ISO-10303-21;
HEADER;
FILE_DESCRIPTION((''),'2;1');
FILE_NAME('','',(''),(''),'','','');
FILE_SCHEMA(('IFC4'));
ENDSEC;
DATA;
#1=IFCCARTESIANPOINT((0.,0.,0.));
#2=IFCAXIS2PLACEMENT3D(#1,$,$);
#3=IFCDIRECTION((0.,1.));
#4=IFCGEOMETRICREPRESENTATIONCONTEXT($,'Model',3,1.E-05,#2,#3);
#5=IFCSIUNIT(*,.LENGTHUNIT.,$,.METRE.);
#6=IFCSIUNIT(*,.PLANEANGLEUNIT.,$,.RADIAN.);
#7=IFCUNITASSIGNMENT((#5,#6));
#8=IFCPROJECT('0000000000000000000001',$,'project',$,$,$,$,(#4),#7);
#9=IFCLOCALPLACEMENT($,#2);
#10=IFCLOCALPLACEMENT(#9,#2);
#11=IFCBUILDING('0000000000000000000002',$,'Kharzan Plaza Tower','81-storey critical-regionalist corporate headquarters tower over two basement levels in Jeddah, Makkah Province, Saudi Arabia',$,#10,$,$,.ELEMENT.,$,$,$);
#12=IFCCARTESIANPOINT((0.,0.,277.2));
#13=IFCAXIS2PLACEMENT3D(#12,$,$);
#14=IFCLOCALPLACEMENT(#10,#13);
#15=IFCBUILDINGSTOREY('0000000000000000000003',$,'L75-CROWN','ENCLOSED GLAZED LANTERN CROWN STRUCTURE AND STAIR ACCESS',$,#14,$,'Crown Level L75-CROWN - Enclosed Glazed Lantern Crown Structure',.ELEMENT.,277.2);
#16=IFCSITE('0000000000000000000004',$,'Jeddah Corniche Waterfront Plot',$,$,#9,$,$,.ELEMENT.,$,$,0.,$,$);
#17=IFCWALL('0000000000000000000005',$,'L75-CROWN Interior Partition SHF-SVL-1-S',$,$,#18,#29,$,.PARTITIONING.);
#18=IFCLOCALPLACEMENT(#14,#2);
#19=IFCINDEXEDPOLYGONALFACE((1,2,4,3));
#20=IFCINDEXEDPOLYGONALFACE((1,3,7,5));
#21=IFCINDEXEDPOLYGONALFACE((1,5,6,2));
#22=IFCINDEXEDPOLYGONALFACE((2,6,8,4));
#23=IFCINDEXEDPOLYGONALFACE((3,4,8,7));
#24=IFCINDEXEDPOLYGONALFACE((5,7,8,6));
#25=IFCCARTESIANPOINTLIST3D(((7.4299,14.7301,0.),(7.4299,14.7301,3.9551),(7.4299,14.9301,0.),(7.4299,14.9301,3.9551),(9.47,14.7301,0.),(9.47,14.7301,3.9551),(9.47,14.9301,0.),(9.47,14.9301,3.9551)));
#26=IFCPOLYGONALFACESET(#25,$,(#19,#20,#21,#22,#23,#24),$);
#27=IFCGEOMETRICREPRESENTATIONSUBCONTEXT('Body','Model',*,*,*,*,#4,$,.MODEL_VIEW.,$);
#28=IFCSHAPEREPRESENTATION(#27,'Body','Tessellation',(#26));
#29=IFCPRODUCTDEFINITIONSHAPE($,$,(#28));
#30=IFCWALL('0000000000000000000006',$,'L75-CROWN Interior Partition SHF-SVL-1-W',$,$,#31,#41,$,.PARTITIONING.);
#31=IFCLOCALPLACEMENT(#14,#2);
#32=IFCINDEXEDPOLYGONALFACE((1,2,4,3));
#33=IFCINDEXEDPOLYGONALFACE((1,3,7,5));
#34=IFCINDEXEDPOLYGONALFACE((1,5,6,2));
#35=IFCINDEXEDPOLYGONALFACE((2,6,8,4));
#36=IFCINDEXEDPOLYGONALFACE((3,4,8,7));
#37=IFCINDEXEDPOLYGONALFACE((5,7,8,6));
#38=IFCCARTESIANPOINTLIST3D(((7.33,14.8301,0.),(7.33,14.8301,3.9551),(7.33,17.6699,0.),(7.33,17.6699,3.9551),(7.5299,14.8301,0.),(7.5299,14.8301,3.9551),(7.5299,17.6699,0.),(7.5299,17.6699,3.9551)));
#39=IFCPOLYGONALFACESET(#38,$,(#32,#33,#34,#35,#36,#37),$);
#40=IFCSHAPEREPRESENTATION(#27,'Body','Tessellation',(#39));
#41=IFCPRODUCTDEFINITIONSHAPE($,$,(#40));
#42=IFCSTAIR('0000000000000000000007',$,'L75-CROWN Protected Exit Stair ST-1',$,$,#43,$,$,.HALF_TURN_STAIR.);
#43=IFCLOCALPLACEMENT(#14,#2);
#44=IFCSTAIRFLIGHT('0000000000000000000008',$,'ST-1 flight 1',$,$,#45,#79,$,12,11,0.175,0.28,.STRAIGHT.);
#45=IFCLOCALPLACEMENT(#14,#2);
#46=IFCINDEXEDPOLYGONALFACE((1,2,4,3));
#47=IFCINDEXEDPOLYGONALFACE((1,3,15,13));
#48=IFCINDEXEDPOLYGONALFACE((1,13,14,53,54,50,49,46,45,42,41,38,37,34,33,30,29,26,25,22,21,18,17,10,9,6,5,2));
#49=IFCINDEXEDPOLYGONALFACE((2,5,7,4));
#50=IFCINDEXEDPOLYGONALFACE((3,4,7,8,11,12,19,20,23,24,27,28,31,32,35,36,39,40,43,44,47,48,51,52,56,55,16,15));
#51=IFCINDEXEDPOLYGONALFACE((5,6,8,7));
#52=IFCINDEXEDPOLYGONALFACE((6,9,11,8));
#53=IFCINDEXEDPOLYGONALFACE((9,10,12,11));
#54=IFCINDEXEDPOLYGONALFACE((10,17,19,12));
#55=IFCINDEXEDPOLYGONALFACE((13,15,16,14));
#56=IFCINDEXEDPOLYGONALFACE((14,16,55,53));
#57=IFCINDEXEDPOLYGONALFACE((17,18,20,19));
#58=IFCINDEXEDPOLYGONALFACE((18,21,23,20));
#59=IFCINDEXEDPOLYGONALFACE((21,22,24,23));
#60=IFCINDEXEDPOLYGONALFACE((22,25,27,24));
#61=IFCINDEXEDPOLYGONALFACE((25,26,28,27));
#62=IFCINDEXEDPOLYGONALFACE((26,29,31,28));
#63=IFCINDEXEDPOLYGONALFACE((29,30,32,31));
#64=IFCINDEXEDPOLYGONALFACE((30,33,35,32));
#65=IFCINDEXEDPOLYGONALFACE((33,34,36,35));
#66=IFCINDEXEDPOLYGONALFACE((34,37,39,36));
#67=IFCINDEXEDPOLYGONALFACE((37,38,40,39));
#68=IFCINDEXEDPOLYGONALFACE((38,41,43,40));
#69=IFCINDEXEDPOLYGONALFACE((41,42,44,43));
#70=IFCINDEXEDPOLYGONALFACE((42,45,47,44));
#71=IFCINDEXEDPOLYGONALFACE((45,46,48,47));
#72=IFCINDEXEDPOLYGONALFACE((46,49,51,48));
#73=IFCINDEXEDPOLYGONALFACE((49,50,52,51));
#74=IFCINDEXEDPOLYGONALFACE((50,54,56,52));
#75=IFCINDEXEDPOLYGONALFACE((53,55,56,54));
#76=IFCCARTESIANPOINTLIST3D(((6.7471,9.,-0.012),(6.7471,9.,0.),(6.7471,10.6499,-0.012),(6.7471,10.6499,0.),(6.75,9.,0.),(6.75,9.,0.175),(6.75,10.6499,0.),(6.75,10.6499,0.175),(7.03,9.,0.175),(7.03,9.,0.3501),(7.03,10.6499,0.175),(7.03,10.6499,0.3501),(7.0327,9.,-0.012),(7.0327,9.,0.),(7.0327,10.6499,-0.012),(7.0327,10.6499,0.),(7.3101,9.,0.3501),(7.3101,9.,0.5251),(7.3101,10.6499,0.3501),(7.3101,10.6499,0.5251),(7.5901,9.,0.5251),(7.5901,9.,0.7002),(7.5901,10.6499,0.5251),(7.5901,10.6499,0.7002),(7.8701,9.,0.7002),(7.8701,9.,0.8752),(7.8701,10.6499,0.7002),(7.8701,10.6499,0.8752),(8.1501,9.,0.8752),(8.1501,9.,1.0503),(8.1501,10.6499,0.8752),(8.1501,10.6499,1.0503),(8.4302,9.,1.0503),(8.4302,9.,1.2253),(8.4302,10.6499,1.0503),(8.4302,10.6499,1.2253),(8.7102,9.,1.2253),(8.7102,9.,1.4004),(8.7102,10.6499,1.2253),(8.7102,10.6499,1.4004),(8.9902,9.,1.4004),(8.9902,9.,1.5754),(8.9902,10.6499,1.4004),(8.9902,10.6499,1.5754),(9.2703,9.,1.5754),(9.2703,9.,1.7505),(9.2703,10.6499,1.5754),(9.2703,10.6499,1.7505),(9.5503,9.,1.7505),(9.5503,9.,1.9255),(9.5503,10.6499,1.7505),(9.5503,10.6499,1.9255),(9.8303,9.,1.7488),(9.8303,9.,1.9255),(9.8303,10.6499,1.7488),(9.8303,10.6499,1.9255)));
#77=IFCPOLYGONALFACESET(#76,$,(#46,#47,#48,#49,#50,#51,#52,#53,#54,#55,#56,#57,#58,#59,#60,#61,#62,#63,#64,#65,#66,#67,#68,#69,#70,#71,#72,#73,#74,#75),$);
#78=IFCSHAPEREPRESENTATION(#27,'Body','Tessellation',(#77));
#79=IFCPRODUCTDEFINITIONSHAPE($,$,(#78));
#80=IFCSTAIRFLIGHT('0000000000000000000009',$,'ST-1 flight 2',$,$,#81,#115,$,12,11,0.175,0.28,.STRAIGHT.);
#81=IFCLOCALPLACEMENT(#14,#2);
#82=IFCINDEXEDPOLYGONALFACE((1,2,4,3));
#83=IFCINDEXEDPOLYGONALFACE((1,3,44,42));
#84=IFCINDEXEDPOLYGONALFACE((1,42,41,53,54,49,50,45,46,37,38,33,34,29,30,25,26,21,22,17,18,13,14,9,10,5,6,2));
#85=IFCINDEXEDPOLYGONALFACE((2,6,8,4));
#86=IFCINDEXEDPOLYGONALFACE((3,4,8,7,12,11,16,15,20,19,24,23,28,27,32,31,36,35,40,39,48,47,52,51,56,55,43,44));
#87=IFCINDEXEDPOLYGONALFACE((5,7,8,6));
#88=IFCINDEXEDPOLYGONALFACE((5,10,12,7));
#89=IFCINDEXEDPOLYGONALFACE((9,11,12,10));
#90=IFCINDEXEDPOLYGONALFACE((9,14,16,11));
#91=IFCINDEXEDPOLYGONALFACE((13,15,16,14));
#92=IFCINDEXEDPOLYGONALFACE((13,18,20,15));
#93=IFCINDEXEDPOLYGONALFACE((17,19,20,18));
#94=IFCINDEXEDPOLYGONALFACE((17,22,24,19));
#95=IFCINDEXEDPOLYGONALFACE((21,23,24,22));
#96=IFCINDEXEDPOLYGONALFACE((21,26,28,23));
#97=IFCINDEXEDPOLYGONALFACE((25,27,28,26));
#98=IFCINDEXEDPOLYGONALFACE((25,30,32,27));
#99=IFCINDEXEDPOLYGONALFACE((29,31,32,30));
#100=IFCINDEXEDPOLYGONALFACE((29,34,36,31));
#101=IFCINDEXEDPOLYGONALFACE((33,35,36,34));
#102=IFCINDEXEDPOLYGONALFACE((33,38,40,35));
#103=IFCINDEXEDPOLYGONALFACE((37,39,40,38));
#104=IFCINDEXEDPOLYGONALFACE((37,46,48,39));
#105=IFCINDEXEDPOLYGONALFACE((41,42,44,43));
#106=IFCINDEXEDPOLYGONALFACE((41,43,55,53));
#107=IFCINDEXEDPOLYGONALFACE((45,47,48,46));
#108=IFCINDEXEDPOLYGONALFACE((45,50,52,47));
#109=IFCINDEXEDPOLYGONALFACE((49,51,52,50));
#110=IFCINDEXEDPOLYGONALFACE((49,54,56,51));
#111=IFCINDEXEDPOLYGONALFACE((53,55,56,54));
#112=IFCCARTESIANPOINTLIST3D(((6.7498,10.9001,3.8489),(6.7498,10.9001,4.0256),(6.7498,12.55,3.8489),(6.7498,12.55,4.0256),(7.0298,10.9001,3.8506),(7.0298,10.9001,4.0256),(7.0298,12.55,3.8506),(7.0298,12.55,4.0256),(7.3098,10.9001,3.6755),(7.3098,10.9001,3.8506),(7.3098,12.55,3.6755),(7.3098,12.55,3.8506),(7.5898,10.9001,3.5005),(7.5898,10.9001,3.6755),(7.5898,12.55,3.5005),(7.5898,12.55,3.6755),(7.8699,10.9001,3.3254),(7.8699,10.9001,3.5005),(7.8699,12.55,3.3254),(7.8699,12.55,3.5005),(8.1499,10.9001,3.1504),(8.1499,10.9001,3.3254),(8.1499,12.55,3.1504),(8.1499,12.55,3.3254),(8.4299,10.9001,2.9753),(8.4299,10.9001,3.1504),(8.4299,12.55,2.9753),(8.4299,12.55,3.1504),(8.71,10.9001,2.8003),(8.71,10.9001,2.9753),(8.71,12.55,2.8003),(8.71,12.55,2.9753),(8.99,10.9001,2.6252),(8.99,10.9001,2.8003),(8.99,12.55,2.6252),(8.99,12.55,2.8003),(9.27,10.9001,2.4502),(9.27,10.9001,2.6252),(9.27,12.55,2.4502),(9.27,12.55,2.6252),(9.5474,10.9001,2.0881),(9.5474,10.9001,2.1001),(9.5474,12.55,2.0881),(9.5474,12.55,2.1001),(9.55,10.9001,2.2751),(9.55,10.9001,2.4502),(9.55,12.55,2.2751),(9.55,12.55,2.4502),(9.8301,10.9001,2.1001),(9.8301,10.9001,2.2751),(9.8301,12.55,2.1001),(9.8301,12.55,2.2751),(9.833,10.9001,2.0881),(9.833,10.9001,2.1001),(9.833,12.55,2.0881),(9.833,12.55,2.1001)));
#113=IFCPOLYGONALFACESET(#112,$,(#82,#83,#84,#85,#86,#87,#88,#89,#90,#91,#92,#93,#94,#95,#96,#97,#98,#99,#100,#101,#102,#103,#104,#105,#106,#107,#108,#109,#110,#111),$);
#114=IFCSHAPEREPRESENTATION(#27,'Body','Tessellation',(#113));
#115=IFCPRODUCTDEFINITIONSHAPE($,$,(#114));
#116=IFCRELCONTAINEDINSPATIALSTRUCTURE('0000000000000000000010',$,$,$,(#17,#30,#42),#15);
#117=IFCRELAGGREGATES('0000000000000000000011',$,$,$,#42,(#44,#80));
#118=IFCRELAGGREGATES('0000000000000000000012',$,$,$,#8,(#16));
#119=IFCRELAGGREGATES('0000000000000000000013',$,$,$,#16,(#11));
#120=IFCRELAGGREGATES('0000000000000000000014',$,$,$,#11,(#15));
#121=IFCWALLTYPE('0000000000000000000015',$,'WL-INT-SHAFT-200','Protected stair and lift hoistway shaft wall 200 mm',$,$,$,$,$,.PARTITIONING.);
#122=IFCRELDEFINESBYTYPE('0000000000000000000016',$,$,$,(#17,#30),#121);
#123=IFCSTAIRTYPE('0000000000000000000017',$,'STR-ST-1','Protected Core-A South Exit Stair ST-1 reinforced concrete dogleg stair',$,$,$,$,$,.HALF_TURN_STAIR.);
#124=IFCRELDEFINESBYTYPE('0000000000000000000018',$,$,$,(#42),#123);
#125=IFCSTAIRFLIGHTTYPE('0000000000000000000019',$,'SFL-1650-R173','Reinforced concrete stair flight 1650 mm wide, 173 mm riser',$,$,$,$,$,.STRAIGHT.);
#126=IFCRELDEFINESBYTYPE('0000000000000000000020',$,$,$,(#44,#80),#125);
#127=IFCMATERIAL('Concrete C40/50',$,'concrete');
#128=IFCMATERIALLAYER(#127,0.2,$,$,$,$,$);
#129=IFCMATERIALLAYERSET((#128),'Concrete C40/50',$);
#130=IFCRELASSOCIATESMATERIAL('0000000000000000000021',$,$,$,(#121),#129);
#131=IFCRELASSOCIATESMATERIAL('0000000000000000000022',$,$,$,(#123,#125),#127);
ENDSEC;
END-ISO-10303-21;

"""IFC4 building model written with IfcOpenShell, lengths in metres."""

from ifc_helpers import new_model, si_unit, direction, frame, frame_2d, origin, place, context, subcontext, project, spatial, polyline, rectangle, outline, extrude, source, transform, mapped, material, layer, layer_set, type_object, element, aggregate, save


model = new_model("IFC4")

# Units and contexts
model_context = context("Model", 3, precision=1e-05, world=origin(), true_north=direction((0.0, 1.0)))
body_context = subcontext(model_context, "Body", "Model", "MODEL_VIEW")
ifc_project = project(units=[si_unit("LENGTHUNIT", "METRE"), si_unit("PLANEANGLEUNIT", "RADIAN")], contexts=[model_context])

# Site, building, storey
site_placement = place(None, origin())
site = spatial("IfcSite", under=ifc_project, at=site_placement, Name="Jeddah Corniche Waterfront Plot", CompositionType="ELEMENT", RefElevation=0.0)
building_placement = place(site_placement, origin())
building = spatial("IfcBuilding", under=site, at=building_placement, Name="Kharzan Plaza Tower", Description="81-storey critical-regionalist corporate headquarters tower over two basement levels in Jeddah, Makkah Province, Saudi Arabia", CompositionType="ELEMENT")
storey_placement = place(building_placement, frame((0.0, 0.0, 277.2)))
storey = spatial("IfcBuildingStorey", under=building, at=storey_placement, Name="L75-CROWN", Description="ENCLOSED GLAZED LANTERN CROWN STRUCTURE AND STAIR ACCESS", LongName="Crown Level L75-CROWN - Enclosed Glazed Lantern Crown Structure", CompositionType="ELEMENT", Elevation=277.2)

# Shared definitions
ifc_material_1 = material(Name="Concrete C40/50", Category="concrete")
ifc_layer_1 = layer(ifc_material_1, 0.2)
ifc_layer_set_1 = layer_set([ifc_layer_1], Name="Concrete C40/50")
wall_type_1 = type_object("IfcWallType", Name="WL-INT-SHAFT-200", Description="Protected stair and lift hoistway shaft wall 200 mm", PredefinedType="PARTITIONING", material=ifc_layer_set_1)

# Walls
shared_shape_1 = source(origin(), body_context, "Body", "SweptSolid", [
    extrude(rectangle(XDim=2.04, YDim=0.2, at=frame_2d((1.02, 0.0))), origin(), (0.0, 0.0, 1.0), 3.9551),
])
wall_1_placement = place(storey_placement, frame((7.4299, 14.8301, 0.0), z_axis=(0.0, 0.0, 1.0), x_axis=(1.0, 0.0, 0.0)))
element("IfcWall", 1, at=wall_1_placement, inside=storey, type_object=wall_type_1, Name="L75-CROWN Interior Partition SHF-SVL-1-S", PredefinedType="PARTITIONING", context=body_context, shape_type="MappedRepresentation", body=[
    mapped(shared_shape_1, transform((0.0, 0.0, 0.0), x_axis=(1.0, 0.0, 0.0), y_axis=(0.0, 1.0, 0.0), z_axis=(0.0, 0.0, 1.0))),
])
shared_shape_2 = source(origin(), body_context, "Body", "SweptSolid", [
    extrude(rectangle(XDim=2.8398, YDim=0.2, at=frame_2d((1.4199, 0.0))), origin(), (0.0, 0.0, 1.0), 3.9551),
])
wall_2_placement = place(storey_placement, frame((7.4299, 14.8301, 0.0), z_axis=(0.0, 0.0, 1.0), x_axis=(0.0, 1.0, 0.0)))
element("IfcWall", 2, at=wall_2_placement, inside=storey, type_object=wall_type_1, Name="L75-CROWN Interior Partition SHF-SVL-1-W", PredefinedType="PARTITIONING", context=body_context, shape_type="MappedRepresentation", body=[
    mapped(shared_shape_2, transform((0.0, 0.0, 0.0), x_axis=(1.0, 0.0, 0.0), y_axis=(0.0, 1.0, 0.0), z_axis=(0.0, 0.0, 1.0))),
])

# Stair, stair flights
stair_type = type_object("IfcStairType", Name="STR-ST-1", Description="Protected Core-A South Exit Stair ST-1 reinforced concrete dogleg stair", PredefinedType="HALF_TURN_STAIR", material=ifc_material_1)
stair_placement = place(storey_placement, origin())
stair = element("IfcStair", 3, at=stair_placement, inside=storey, type_object=stair_type, Name="L75-CROWN Protected Exit Stair ST-1", PredefinedType="HALF_TURN_STAIR")
stair_flight_type = type_object("IfcStairFlightType", Name="SFL-1650-R173", Description="Reinforced concrete stair flight 1650 mm wide, 173 mm riser", PredefinedType="STRAIGHT", material=ifc_material_1)
shared_shape_3 = source(origin(), body_context, "Body", "SweptSolid", [
    extrude(outline(polyline([(-0.0029, -0.012), (-0.0029, 0.0), (0.0, 0.0), (0.0, 0.175), (0.28, 0.175), (0.28, 0.3501), (0.5601, 0.3501), (0.5601, 0.5251), (0.8401, 0.5251), (0.8401, 0.7002), (1.1201, 0.7002), (1.1201, 0.8752), (1.4001, 0.8752), (1.4001, 1.0503), (1.6802, 1.0503), (1.6802, 1.2253), (1.9602, 1.2253), (1.9602, 1.4004), (2.2402, 1.4004), (2.2402, 1.5754), (2.5203, 1.5754), (2.5203, 1.7505), (2.8003, 1.7505), (2.8003, 1.9255), (3.0803, 1.9255), (3.0803, 2.1006), (3.0803, 1.7488), (0.2827, 0.0), (0.2827, -0.012), (-0.0029, -0.012)])), frame((0.0, 0.825, 0.0), z_axis=(0.0, -1.0, 0.0), x_axis=(1.0, 0.0, 0.0)), (0.0, 0.0, 1.0), 1.6499),
])
stair_flight_1_placement = place(storey_placement, frame((6.75, 9.825, 0.0), z_axis=(0.0, 0.0, 1.0), x_axis=(1.0, 0.0, 0.0)))
stair_flight_1 = element("IfcStairFlight", 4, at=stair_flight_1_placement, type_object=stair_flight_type, Name="ST-1 flight 1", NumberOfRisers=12, NumberOfTreads=11, PredefinedType="STRAIGHT", RiserHeight=0.175, TreadLength=0.28, context=body_context, shape_type="MappedRepresentation", body=[
    mapped(shared_shape_3, transform((0.0, 0.0, 0.0), x_axis=(1.0, 0.0, 0.0), y_axis=(0.0, 1.0, 0.0), z_axis=(0.0, 0.0, 1.0))),
])
stair_flight_2_placement = place(storey_placement, frame((9.8301, 11.7251, 2.1001), z_axis=(0.0, 0.0, 1.0), x_axis=(-1.0, 0.0, 0.0)))
stair_flight_2 = element("IfcStairFlight", 5, at=stair_flight_2_placement, type_object=stair_flight_type, Name="ST-1 flight 2", NumberOfRisers=12, NumberOfTreads=11, PredefinedType="STRAIGHT", RiserHeight=0.175, TreadLength=0.28, context=body_context, shape_type="MappedRepresentation", body=[
    mapped(shared_shape_3, transform((0.0, 0.0, 0.0), x_axis=(1.0, 0.0, 0.0), y_axis=(0.0, 1.0, 0.0), z_axis=(0.0, 0.0, 1.0))),
])
aggregate(stair, [stair_flight_1, stair_flight_2])

save(model, "model.ifc")
